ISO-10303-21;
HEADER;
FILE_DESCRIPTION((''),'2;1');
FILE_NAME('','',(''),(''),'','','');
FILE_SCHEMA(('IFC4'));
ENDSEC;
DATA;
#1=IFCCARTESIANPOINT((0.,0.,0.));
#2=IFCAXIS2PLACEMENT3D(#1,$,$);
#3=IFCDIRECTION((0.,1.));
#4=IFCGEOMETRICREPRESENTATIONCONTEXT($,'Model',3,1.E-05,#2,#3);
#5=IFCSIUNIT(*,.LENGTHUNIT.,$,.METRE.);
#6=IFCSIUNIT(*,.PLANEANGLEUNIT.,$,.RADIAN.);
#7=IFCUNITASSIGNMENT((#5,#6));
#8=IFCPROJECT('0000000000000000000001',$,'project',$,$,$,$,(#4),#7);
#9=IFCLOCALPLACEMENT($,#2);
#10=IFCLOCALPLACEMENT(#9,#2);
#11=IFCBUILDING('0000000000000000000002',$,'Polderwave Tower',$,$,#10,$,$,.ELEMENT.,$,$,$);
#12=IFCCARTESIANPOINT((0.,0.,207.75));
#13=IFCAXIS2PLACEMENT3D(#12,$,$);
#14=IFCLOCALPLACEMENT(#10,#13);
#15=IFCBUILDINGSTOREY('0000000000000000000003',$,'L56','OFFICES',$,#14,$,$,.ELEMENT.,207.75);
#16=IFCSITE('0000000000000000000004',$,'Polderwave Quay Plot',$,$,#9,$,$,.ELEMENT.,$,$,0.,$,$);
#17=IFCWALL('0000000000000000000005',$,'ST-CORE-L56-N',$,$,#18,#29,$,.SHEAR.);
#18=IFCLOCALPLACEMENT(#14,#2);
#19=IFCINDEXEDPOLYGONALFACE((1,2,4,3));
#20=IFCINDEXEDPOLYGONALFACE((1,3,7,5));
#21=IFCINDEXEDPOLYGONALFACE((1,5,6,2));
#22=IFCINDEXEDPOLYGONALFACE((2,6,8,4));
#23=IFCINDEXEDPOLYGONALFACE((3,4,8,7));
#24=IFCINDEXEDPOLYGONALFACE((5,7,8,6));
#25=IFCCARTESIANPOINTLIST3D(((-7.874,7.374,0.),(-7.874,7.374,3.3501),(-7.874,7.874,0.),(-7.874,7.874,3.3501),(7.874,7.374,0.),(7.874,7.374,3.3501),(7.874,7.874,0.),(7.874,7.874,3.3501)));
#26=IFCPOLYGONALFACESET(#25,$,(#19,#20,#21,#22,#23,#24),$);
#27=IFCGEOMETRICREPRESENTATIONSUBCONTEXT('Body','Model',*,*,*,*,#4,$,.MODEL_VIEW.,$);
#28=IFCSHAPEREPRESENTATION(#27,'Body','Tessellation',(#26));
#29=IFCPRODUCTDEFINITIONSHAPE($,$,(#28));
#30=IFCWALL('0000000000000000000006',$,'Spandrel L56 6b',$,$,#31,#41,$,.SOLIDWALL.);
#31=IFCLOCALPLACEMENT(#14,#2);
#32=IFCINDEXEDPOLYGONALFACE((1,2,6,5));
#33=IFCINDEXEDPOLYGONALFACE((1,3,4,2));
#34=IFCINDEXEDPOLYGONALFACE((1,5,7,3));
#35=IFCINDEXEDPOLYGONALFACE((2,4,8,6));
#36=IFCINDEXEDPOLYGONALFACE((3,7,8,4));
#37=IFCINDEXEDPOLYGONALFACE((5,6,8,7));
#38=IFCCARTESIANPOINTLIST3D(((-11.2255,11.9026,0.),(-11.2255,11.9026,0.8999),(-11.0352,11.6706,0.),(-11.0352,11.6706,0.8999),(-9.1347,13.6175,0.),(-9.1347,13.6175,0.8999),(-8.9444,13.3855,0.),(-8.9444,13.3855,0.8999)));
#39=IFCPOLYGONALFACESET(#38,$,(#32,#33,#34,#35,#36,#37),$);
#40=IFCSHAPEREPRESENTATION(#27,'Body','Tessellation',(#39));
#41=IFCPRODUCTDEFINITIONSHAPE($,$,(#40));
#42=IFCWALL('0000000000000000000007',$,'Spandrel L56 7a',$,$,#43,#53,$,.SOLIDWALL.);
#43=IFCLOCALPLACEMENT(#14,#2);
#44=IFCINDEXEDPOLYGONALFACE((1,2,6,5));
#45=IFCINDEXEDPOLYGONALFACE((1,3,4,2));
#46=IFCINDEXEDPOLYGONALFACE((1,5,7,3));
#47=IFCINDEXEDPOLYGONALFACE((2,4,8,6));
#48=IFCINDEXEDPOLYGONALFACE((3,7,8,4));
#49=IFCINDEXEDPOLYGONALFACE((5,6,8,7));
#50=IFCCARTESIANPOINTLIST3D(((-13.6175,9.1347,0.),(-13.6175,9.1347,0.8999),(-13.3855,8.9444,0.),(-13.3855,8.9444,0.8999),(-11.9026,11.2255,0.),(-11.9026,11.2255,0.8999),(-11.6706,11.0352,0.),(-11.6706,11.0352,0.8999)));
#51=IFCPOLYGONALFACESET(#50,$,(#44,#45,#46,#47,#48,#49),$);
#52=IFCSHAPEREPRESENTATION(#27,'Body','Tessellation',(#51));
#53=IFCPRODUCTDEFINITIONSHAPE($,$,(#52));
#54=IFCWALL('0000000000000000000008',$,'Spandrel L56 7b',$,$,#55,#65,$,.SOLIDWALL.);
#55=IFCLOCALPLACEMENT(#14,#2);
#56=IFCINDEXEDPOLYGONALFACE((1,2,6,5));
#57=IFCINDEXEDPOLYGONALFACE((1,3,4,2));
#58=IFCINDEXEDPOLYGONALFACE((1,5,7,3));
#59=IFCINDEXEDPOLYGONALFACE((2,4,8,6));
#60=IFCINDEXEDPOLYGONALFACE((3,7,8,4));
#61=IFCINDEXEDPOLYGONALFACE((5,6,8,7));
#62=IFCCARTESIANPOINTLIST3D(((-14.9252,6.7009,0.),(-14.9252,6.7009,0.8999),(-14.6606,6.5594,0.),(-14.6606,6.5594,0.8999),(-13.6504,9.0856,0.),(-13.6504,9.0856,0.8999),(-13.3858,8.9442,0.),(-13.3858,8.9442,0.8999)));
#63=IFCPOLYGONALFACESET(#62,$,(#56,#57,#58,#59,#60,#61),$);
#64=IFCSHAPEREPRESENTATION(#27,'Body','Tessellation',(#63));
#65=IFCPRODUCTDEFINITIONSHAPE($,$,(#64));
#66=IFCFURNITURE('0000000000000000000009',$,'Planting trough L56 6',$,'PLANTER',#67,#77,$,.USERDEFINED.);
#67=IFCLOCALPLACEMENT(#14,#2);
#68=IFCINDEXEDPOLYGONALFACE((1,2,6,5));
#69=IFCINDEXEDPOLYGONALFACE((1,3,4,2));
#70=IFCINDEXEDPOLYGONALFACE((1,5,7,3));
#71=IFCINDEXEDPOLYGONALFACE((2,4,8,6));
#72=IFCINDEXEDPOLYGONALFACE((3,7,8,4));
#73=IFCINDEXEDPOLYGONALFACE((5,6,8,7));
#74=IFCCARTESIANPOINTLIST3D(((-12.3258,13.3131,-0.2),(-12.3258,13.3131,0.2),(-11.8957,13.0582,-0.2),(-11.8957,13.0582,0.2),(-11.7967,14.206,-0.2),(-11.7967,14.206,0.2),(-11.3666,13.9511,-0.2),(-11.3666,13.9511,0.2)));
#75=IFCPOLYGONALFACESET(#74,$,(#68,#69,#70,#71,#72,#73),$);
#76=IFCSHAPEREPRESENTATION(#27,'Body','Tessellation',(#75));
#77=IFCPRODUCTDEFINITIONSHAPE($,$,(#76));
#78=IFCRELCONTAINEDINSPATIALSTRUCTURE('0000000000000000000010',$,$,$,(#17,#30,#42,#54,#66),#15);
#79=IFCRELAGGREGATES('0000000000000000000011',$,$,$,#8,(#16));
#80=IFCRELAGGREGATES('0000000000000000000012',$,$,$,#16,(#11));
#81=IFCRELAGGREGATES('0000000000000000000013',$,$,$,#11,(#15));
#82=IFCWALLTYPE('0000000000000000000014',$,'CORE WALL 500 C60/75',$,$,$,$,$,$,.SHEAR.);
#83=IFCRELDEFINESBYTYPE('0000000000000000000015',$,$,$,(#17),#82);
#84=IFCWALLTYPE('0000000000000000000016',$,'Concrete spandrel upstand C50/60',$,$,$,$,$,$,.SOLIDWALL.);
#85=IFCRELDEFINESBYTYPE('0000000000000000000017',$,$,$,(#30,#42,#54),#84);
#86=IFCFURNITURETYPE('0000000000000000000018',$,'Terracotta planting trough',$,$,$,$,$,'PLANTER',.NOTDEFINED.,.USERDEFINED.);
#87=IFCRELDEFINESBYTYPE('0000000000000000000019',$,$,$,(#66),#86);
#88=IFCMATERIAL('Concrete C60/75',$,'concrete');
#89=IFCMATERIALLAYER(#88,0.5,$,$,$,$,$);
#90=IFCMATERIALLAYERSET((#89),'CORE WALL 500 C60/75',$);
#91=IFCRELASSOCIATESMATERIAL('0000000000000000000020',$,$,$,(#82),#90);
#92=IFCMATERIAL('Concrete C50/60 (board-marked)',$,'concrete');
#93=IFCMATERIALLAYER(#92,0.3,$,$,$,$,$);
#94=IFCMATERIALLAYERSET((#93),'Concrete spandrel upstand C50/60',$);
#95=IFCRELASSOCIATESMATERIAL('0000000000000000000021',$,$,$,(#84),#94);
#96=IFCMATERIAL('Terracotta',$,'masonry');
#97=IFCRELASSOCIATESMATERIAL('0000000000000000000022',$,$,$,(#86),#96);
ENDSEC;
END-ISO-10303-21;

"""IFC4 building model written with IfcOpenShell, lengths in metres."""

from ifc_helpers import new_model, si_unit, direction, frame, frame_2d, origin, origin_2d, place, context, subcontext, project, spatial, rectangle, extrude, material, layer, layer_set, type_object, element, save


model = new_model("IFC4")

# Units and contexts
model_context = context("Model", 3, precision=1e-05, world=origin(), true_north=direction((0.0, 1.0)))
body_context = subcontext(model_context, "Body", "Model", "MODEL_VIEW")
ifc_project = project(units=[si_unit("LENGTHUNIT", "METRE"), si_unit("PLANEANGLEUNIT", "RADIAN")], contexts=[model_context])

# Site, building, storey
site_placement = place(None, origin())
site = spatial("IfcSite", under=ifc_project, at=site_placement, Name="Polderwave Quay Plot", CompositionType="ELEMENT", RefElevation=0.0)
building_placement = place(site_placement, origin())
building = spatial("IfcBuilding", under=site, at=building_placement, Name="Polderwave Tower", CompositionType="ELEMENT")
storey_placement = place(building_placement, frame((0.0, 0.0, 207.75)))
storey = spatial("IfcBuildingStorey", under=building, at=storey_placement, Name="L56", Description="OFFICES", CompositionType="ELEMENT", Elevation=207.75)

# Shared definitions
ifc_material_1 = material(Name="Concrete C60/75", Category="concrete")

# Walls
ifc_layer_1 = layer(ifc_material_1, 0.5)
ifc_layer_set_1 = layer_set([ifc_layer_1], Name="CORE WALL 500 C60/75")
wall_type_1 = type_object("IfcWallType", Name="CORE WALL 500 C60/75", PredefinedType="SHEAR", material=ifc_layer_set_1)
wall_placement = place(storey_placement, frame((-7.874, 7.624, 0.0), z_axis=(0.0, 0.0, 1.0), x_axis=(1.0, 0.0, 0.0)))
element("IfcWall", 1, at=wall_placement, inside=storey, type_object=wall_type_1, Name="ST-CORE-L56-N", PredefinedType="SHEAR", context=body_context, shape_type="SweptSolid", body=[
    extrude(rectangle(XDim=15.748, YDim=0.5, at=frame_2d((7.874, 0.0))), origin(), (0.0, 0.0, 1.0), 3.3501),
])
ifc_material_2 = material(Name="Concrete C50/60 (board-marked)", Category="concrete")
ifc_layer_2 = layer(ifc_material_2, 0.3)
ifc_layer_set_2 = layer_set([ifc_layer_2], Name="Concrete spandrel upstand C50/60")
wall_type_2 = type_object("IfcWallType", Name="Concrete spandrel upstand C50/60", PredefinedType="SOLIDWALL", material=ifc_layer_set_2)
for number, where, z_axis, x_axis, name in (
    (2, (-9.0396, 13.5015, 0.0), (0.0, 0.0, 1.0), (-0.7732, -0.634162, 0.0), "Spandrel L56 6b"),
    (3, (-11.7866, 11.1304, 0.0), (0.0, 0.0, 1.0), (-0.634162, -0.7732, 0.0), "Spandrel L56 7a"),
    (4, (-13.5181, 9.0149, 0.0), (0.0, 0.0, 1.0), (-0.47146, -0.881888, 0.0), "Spandrel L56 7b"),
):
    element("IfcWall", number, at=place(storey_placement, frame(where, z_axis=z_axis, x_axis=x_axis)), inside=storey, type_object=wall_type_2, Name=name, PredefinedType="SOLIDWALL", context=body_context, shape_type="SweptSolid", body=[
        extrude(rectangle(XDim=2.7041, YDim=0.3, at=frame_2d((1.3521, 0.0))), origin(), (0.0, 0.0, 1.0), 0.8999),
    ])

# Furniture
ifc_material_3 = material(Name="Terracotta", Category="masonry")
furniture_type = type_object("IfcFurnitureType", Name="Terracotta planting trough", ElementType="PLANTER", AssemblyPlace="NOTDEFINED", PredefinedType="USERDEFINED", material=ifc_material_3)
furniture_placement = place(storey_placement, frame((-11.8462, 13.6321, -0.2), z_axis=(0.0, 0.0, 1.0), x_axis=(-0.509795, -0.860296, 0.0)))
element("IfcFurniture", 5, at=furniture_placement, inside=storey, type_object=furniture_type, Name="Planting trough L56 6", ObjectType="PLANTER", PredefinedType="USERDEFINED", context=body_context, shape_type="SweptSolid", body=[
    extrude(rectangle(XDim=1.0378, YDim=0.5, at=origin_2d()), origin(), (0.0, 0.0, 1.0), 0.3999),
])

save(model, "model.ifc")
